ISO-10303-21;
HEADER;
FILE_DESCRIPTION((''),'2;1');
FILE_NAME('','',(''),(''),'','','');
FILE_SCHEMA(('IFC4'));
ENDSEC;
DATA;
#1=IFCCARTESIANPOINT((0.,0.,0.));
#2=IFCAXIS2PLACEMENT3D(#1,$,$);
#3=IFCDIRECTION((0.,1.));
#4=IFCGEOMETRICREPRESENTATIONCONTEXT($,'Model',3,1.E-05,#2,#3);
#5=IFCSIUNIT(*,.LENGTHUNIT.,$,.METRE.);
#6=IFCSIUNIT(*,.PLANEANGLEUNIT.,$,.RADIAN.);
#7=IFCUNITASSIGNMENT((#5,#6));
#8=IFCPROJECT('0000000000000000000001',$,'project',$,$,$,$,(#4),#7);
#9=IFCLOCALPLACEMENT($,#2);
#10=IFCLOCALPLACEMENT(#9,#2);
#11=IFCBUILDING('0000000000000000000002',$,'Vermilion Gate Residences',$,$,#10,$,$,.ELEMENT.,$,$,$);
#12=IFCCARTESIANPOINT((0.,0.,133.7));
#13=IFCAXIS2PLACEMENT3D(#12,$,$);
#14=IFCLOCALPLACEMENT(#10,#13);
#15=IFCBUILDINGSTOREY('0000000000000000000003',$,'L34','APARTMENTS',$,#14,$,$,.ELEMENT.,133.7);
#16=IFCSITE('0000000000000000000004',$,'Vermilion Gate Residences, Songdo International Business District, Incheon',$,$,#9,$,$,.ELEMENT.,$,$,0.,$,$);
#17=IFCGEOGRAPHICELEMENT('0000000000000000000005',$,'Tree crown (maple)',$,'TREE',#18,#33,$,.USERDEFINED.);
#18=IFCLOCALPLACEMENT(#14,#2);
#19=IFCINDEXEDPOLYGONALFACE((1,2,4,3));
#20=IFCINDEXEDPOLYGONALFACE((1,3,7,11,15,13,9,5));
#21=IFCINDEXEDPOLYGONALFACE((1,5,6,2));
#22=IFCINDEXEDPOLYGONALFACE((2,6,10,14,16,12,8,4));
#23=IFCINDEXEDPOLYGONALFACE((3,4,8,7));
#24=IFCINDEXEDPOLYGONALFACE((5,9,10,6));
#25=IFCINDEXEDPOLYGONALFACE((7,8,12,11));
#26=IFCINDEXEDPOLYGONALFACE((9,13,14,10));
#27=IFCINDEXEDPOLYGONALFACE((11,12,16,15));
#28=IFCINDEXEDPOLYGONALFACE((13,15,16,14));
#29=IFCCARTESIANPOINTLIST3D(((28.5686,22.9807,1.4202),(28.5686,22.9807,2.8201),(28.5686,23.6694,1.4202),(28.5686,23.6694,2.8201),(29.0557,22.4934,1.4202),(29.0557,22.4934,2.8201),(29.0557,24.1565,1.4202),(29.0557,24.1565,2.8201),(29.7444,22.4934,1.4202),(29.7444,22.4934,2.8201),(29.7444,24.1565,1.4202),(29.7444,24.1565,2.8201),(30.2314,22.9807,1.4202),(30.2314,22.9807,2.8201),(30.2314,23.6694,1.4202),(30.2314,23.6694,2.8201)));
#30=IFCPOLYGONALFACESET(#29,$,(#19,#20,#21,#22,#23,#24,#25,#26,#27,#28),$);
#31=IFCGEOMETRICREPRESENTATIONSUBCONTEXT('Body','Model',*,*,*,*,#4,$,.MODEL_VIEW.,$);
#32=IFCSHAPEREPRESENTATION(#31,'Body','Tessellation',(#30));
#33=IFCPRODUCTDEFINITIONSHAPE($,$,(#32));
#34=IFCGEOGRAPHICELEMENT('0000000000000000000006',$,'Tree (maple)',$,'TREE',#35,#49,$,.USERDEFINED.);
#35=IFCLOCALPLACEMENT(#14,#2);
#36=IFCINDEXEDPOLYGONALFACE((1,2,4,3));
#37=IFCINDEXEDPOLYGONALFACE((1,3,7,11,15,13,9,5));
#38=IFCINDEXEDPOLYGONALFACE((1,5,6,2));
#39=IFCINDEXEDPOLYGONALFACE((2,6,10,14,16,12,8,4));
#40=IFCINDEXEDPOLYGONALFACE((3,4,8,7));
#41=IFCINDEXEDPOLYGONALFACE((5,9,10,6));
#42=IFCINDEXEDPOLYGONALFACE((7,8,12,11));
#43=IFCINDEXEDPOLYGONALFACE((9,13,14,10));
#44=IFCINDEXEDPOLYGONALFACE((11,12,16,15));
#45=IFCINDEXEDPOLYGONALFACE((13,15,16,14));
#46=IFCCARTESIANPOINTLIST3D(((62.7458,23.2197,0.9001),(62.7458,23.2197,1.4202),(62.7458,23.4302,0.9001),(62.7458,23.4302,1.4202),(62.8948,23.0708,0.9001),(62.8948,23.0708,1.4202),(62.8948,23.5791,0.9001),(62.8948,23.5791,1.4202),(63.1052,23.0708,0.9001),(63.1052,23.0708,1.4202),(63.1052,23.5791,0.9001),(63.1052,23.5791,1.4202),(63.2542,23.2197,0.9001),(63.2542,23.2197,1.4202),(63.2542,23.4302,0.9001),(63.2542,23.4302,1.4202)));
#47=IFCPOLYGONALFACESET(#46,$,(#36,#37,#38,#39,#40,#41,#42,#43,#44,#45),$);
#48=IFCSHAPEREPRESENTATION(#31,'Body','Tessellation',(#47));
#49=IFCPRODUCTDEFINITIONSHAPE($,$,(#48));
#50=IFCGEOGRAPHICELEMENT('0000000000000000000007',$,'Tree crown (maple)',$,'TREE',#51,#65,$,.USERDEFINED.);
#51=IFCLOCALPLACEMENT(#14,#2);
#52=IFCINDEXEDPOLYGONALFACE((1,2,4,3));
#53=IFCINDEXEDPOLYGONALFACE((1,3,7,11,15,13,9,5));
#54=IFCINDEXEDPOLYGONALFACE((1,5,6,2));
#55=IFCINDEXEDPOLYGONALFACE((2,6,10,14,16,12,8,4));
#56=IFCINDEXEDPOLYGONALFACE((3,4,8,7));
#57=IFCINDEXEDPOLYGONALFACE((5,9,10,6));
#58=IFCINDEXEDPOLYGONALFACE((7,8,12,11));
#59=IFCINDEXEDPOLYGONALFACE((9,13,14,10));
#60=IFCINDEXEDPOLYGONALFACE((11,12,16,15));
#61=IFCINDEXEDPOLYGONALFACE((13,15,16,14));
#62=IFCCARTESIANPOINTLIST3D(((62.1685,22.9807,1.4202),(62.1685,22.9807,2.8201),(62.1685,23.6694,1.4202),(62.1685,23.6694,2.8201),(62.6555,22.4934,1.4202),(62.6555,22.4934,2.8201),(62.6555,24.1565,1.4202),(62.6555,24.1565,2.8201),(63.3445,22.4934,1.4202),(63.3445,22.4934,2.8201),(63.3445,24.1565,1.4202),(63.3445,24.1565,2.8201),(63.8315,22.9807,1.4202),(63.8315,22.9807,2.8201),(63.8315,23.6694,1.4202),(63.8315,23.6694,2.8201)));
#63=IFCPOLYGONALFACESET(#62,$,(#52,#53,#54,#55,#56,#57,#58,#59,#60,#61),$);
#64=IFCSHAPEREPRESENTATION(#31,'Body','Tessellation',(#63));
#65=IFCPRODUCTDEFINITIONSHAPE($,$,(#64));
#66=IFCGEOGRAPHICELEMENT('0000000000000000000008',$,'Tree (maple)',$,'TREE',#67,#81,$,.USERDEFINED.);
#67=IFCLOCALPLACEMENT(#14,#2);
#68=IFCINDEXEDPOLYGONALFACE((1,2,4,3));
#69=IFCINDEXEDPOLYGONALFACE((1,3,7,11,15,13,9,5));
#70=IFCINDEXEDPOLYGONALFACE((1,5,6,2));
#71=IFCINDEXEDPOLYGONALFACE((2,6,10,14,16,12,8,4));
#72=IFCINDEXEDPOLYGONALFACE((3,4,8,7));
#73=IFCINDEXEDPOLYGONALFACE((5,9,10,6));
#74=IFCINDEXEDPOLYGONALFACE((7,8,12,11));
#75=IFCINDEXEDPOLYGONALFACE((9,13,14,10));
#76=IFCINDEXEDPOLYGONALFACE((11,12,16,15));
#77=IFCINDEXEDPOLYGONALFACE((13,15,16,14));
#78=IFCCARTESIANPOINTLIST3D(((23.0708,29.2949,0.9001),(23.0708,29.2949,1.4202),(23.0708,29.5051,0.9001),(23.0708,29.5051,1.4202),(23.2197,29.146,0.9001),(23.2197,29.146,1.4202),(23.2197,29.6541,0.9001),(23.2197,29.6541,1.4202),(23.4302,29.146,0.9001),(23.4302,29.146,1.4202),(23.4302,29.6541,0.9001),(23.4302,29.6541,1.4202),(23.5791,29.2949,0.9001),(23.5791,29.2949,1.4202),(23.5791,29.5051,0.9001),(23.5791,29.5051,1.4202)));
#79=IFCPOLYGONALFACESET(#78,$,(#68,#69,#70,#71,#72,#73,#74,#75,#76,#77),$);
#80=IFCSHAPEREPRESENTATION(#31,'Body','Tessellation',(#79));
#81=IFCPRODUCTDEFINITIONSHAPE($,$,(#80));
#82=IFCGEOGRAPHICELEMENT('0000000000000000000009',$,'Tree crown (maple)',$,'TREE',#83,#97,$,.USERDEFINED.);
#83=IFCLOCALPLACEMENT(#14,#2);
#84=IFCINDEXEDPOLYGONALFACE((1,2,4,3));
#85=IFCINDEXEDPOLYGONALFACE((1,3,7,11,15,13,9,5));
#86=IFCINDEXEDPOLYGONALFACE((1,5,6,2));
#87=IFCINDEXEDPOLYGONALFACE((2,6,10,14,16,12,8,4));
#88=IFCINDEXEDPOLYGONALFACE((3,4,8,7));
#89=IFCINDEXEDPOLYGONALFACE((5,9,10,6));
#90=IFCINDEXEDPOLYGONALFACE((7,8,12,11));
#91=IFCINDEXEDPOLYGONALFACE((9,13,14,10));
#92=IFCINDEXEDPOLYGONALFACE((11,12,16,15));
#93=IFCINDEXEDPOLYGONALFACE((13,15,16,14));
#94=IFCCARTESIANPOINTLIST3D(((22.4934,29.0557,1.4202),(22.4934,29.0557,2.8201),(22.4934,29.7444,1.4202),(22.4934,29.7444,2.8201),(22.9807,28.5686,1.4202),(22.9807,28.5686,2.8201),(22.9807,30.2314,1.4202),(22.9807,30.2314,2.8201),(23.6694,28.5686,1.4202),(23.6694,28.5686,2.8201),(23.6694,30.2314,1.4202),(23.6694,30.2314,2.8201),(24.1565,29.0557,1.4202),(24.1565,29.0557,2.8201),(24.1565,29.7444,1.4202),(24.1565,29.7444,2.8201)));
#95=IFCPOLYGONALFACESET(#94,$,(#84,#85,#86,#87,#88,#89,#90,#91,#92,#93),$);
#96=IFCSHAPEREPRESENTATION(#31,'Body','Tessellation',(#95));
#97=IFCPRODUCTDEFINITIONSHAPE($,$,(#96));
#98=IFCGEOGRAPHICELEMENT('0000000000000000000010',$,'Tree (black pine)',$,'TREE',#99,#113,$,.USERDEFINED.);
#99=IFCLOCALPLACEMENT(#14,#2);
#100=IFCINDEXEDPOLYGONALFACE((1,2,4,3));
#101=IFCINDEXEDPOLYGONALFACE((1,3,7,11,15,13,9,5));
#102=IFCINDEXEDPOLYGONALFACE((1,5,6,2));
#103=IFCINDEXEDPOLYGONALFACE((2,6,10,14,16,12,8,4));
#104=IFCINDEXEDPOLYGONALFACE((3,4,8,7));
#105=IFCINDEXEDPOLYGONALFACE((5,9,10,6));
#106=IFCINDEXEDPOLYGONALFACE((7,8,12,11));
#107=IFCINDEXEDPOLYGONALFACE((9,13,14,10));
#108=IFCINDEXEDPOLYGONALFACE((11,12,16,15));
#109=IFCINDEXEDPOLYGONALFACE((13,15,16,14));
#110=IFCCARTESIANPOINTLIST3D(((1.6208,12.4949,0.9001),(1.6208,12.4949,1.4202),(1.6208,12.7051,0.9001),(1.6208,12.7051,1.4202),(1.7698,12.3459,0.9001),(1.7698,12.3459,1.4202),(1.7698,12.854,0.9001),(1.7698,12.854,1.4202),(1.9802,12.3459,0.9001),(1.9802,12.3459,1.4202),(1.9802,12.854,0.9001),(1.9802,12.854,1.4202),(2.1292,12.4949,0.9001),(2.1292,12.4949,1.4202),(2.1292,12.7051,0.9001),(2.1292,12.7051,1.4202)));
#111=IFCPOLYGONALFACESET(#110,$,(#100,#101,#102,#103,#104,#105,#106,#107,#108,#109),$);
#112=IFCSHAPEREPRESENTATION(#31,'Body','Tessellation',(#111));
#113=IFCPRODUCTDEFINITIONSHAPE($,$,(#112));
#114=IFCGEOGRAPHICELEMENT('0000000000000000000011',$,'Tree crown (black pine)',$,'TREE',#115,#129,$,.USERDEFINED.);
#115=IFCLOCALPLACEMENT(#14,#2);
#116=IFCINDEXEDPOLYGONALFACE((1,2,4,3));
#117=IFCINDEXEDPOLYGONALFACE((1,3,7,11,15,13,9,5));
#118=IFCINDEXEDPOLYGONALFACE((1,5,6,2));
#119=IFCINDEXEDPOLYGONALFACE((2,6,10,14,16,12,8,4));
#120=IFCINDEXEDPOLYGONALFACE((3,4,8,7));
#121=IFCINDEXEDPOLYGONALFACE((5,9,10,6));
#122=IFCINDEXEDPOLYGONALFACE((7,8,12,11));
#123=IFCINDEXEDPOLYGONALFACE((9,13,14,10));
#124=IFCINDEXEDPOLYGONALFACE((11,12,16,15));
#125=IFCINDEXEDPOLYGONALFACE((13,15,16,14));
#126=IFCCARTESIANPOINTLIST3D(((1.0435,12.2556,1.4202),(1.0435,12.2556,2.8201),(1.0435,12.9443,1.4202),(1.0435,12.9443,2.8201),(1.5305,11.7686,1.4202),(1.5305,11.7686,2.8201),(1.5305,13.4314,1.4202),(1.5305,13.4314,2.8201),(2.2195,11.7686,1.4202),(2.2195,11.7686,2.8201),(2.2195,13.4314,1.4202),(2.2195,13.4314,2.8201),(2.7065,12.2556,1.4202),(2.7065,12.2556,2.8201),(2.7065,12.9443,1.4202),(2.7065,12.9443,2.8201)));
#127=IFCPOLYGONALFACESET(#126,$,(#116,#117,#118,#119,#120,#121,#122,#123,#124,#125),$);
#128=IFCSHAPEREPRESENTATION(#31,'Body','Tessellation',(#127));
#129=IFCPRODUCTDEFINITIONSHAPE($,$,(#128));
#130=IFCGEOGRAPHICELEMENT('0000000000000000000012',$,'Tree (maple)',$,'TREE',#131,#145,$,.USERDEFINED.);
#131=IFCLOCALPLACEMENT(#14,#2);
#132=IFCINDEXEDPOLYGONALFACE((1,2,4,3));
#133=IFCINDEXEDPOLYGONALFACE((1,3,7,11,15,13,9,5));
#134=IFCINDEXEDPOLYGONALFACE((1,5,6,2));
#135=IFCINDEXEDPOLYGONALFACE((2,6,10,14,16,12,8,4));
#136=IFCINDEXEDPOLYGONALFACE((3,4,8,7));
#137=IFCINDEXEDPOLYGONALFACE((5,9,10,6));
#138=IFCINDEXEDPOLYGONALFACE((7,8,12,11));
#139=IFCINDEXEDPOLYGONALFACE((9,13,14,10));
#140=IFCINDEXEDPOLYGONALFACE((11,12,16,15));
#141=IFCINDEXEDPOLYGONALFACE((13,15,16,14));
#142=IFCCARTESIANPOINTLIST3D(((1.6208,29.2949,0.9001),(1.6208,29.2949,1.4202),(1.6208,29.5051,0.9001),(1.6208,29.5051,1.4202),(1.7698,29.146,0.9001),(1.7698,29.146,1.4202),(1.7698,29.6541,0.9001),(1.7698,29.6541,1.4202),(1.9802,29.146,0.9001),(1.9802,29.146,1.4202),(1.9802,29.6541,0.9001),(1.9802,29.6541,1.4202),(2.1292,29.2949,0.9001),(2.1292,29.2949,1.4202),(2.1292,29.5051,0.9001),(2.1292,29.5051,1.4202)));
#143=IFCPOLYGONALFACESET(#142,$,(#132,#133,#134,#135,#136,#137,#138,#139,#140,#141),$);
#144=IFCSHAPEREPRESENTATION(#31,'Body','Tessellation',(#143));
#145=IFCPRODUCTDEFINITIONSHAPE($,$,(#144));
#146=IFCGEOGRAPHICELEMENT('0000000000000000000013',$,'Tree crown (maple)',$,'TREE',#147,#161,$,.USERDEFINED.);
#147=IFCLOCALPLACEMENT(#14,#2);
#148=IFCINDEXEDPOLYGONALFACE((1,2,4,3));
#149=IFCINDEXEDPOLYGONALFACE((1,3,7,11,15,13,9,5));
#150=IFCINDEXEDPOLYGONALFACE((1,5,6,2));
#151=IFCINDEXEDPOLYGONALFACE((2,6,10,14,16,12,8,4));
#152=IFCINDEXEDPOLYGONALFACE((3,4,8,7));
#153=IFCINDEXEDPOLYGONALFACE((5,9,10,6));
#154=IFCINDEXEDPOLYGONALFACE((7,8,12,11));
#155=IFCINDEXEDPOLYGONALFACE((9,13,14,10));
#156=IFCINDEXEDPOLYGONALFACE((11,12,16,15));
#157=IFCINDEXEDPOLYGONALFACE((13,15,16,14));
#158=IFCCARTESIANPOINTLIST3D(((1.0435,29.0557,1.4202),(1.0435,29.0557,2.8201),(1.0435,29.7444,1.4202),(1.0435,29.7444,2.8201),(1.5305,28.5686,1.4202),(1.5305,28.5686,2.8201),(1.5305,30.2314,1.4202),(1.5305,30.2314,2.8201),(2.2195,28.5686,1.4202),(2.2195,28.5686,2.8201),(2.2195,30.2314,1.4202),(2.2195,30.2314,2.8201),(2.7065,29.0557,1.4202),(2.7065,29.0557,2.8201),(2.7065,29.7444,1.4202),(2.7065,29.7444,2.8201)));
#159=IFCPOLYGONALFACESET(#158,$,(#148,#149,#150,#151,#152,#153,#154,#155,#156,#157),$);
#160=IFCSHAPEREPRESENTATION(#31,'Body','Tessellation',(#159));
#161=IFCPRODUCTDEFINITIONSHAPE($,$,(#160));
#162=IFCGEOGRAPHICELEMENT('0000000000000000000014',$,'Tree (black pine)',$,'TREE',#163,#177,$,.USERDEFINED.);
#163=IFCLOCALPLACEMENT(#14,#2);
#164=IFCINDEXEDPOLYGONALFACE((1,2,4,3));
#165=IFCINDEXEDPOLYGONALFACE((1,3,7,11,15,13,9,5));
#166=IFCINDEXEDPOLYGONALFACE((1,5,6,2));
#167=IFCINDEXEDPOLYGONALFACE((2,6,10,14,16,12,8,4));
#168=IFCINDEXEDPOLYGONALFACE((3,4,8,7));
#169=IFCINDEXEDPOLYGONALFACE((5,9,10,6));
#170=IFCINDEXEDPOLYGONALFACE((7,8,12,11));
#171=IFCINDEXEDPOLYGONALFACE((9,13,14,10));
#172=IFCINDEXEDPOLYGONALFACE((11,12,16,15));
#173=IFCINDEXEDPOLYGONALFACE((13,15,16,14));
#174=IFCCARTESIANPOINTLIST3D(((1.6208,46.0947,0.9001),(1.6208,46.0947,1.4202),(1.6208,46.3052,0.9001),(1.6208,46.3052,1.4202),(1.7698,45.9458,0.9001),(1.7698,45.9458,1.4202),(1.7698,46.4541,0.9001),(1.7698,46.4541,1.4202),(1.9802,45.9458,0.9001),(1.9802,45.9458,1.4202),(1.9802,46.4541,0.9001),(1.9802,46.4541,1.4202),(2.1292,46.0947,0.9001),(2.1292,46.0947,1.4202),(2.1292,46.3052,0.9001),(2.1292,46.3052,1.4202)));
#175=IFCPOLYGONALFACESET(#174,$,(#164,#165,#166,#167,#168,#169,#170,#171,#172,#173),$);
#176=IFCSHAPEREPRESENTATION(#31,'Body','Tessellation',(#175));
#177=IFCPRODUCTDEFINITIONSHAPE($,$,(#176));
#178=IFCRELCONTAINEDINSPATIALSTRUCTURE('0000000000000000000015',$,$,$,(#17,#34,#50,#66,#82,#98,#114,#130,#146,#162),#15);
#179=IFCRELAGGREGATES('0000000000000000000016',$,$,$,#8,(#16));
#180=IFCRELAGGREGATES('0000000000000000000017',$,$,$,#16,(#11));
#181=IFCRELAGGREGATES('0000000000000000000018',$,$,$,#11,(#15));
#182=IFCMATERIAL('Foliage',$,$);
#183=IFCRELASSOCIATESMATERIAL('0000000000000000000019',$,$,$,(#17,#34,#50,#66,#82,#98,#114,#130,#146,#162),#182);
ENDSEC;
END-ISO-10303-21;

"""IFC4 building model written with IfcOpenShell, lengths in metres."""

from ifc_helpers import new_model, si_unit, direction, frame, origin, place, context, subcontext, project, spatial, polyline, outline, extrude, material, element, save


model = new_model("IFC4")

# Units and contexts
model_context = context("Model", 3, precision=1e-05, world=origin(), true_north=direction((0.0, 1.0)))
body_context = subcontext(model_context, "Body", "Model", "MODEL_VIEW")
ifc_project = project(units=[si_unit("LENGTHUNIT", "METRE"), si_unit("PLANEANGLEUNIT", "RADIAN")], contexts=[model_context])

# Site, building, storey
site_placement = place(None, origin())
site = spatial("IfcSite", under=ifc_project, at=site_placement, Name="Vermilion Gate Residences, Songdo International Business District, Incheon", CompositionType="ELEMENT", RefElevation=0.0)
building_placement = place(site_placement, origin())
building = spatial("IfcBuilding", under=site, at=building_placement, Name="Vermilion Gate Residences", CompositionType="ELEMENT")
storey_placement = place(building_placement, frame((0.0, 0.0, 133.7)))
storey = spatial("IfcBuildingStorey", under=building, at=storey_placement, Name="L34", Description="APARTMENTS", CompositionType="ELEMENT", Elevation=133.7)

# Geographic elements
ifc_material_1 = material(Name="Foliage")
geographic_element_1_placement = place(storey_placement, frame((0.0, 0.0, 1.4202)))
element("IfcGeographicElement", 1, at=geographic_element_1_placement, inside=storey, material=ifc_material_1, Name="Tree crown (maple)", ObjectType="TREE", PredefinedType="USERDEFINED", context=body_context, shape_type="SweptSolid", body=[
    extrude(outline(polyline([(30.2314, 23.6694), (29.7444, 24.1565), (29.0557, 24.1565), (28.5686, 23.6694), (28.5686, 22.9807), (29.0557, 22.4934), (29.7444, 22.4934), (30.2314, 22.9807), (30.2314, 23.6694)])), origin(), (0.0, 0.0, 1.0), 1.3999),
])
geographic_element_2_placement = place(storey_placement, frame((0.0, 0.0, 0.9001)))
element("IfcGeographicElement", 2, at=geographic_element_2_placement, inside=storey, material=ifc_material_1, Name="Tree (maple)", ObjectType="TREE", PredefinedType="USERDEFINED", context=body_context, shape_type="SweptSolid", body=[
    extrude(outline(polyline([(63.2542, 23.4302), (63.1052, 23.5791), (62.8948, 23.5791), (62.7458, 23.4302), (62.7458, 23.2197), (62.8948, 23.0708), (63.1052, 23.0708), (63.2542, 23.2197), (63.2542, 23.4302)])), origin(), (0.0, 0.0, 1.0), 0.52),
])
geographic_element_3_placement = place(storey_placement, frame((0.0, 0.0, 1.4202)))
element("IfcGeographicElement", 3, at=geographic_element_3_placement, inside=storey, material=ifc_material_1, Name="Tree crown (maple)", ObjectType="TREE", PredefinedType="USERDEFINED", context=body_context, shape_type="SweptSolid", body=[
    extrude(outline(polyline([(63.8315, 23.6694), (63.3445, 24.1565), (62.6555, 24.1565), (62.1685, 23.6694), (62.1685, 22.9807), (62.6555, 22.4934), (63.3445, 22.4934), (63.8315, 22.9807), (63.8315, 23.6694)])), origin(), (0.0, 0.0, 1.0), 1.3999),
])
geographic_element_4_placement = place(storey_placement, frame((0.0, 0.0, 0.9001)))
element("IfcGeographicElement", 4, at=geographic_element_4_placement, inside=storey, material=ifc_material_1, Name="Tree (maple)", ObjectType="TREE", PredefinedType="USERDEFINED", context=body_context, shape_type="SweptSolid", body=[
    extrude(outline(polyline([(23.5791, 29.5051), (23.4302, 29.6541), (23.2197, 29.6541), (23.0708, 29.5051), (23.0708, 29.2949), (23.2197, 29.146), (23.4302, 29.146), (23.5791, 29.2949), (23.5791, 29.5051)])), origin(), (0.0, 0.0, 1.0), 0.52),
])
geographic_element_5_placement = place(storey_placement, frame((0.0, 0.0, 1.4202)))
element("IfcGeographicElement", 5, at=geographic_element_5_placement, inside=storey, material=ifc_material_1, Name="Tree crown (maple)", ObjectType="TREE", PredefinedType="USERDEFINED", context=body_context, shape_type="SweptSolid", body=[
    extrude(outline(polyline([(24.1565, 29.7444), (23.6694, 30.2314), (22.9807, 30.2314), (22.4934, 29.7444), (22.4934, 29.0557), (22.9807, 28.5686), (23.6694, 28.5686), (24.1565, 29.0557), (24.1565, 29.7444)])), origin(), (0.0, 0.0, 1.0), 1.3999),
])
geographic_element_6_placement = place(storey_placement, frame((0.0, 0.0, 0.9001)))
element("IfcGeographicElement", 6, at=geographic_element_6_placement, inside=storey, material=ifc_material_1, Name="Tree (black pine)", ObjectType="TREE", PredefinedType="USERDEFINED", context=body_context, shape_type="SweptSolid", body=[
    extrude(outline(polyline([(2.1292, 12.7051), (1.9802, 12.854), (1.7698, 12.854), (1.6208, 12.7051), (1.6208, 12.4949), (1.7698, 12.3459), (1.9802, 12.3459), (2.1292, 12.4949), (2.1292, 12.7051)])), origin(), (0.0, 0.0, 1.0), 0.52),
])
geographic_element_7_placement = place(storey_placement, frame((0.0, 0.0, 1.4202)))
element("IfcGeographicElement", 7, at=geographic_element_7_placement, inside=storey, material=ifc_material_1, Name="Tree crown (black pine)", ObjectType="TREE", PredefinedType="USERDEFINED", context=body_context, shape_type="SweptSolid", body=[
    extrude(outline(polyline([(2.7065, 12.9443), (2.2195, 13.4314), (1.5305, 13.4314), (1.0435, 12.9443), (1.0435, 12.2556), (1.5305, 11.7686), (2.2195, 11.7686), (2.7065, 12.2556), (2.7065, 12.9443)])), origin(), (0.0, 0.0, 1.0), 1.3999),
])
geographic_element_8_placement = place(storey_placement, frame((0.0, 0.0, 0.9001)))
element("IfcGeographicElement", 8, at=geographic_element_8_placement, inside=storey, material=ifc_material_1, Name="Tree (maple)", ObjectType="TREE", PredefinedType="USERDEFINED", context=body_context, shape_type="SweptSolid", body=[
    extrude(outline(polyline([(2.1292, 29.5051), (1.9802, 29.6541), (1.7698, 29.6541), (1.6208, 29.5051), (1.6208, 29.2949), (1.7698, 29.146), (1.9802, 29.146), (2.1292, 29.2949), (2.1292, 29.5051)])), origin(), (0.0, 0.0, 1.0), 0.52),
])
geographic_element_9_placement = place(storey_placement, frame((0.0, 0.0, 1.4202)))
element("IfcGeographicElement", 9, at=geographic_element_9_placement, inside=storey, material=ifc_material_1, Name="Tree crown (maple)", ObjectType="TREE", PredefinedType="USERDEFINED", context=body_context, shape_type="SweptSolid", body=[
    extrude(outline(polyline([(2.7065, 29.7444), (2.2195, 30.2314), (1.5305, 30.2314), (1.0435, 29.7444), (1.0435, 29.0557), (1.5305, 28.5686), (2.2195, 28.5686), (2.7065, 29.0557), (2.7065, 29.7444)])), origin(), (0.0, 0.0, 1.0), 1.3999),
])
geographic_element_10_placement = place(storey_placement, frame((0.0, 0.0, 0.9001)))
element("IfcGeographicElement", 10, at=geographic_element_10_placement, inside=storey, material=ifc_material_1, Name="Tree (black pine)", ObjectType="TREE", PredefinedType="USERDEFINED", context=body_context, shape_type="SweptSolid", body=[
    extrude(outline(polyline([(2.1292, 46.3052), (1.9802, 46.4541), (1.7698, 46.4541), (1.6208, 46.3052), (1.6208, 46.0947), (1.7698, 45.9458), (1.9802, 45.9458), (2.1292, 46.0947), (2.1292, 46.3052)])), origin(), (0.0, 0.0, 1.0), 0.52),
])

save(model, "model.ifc")
